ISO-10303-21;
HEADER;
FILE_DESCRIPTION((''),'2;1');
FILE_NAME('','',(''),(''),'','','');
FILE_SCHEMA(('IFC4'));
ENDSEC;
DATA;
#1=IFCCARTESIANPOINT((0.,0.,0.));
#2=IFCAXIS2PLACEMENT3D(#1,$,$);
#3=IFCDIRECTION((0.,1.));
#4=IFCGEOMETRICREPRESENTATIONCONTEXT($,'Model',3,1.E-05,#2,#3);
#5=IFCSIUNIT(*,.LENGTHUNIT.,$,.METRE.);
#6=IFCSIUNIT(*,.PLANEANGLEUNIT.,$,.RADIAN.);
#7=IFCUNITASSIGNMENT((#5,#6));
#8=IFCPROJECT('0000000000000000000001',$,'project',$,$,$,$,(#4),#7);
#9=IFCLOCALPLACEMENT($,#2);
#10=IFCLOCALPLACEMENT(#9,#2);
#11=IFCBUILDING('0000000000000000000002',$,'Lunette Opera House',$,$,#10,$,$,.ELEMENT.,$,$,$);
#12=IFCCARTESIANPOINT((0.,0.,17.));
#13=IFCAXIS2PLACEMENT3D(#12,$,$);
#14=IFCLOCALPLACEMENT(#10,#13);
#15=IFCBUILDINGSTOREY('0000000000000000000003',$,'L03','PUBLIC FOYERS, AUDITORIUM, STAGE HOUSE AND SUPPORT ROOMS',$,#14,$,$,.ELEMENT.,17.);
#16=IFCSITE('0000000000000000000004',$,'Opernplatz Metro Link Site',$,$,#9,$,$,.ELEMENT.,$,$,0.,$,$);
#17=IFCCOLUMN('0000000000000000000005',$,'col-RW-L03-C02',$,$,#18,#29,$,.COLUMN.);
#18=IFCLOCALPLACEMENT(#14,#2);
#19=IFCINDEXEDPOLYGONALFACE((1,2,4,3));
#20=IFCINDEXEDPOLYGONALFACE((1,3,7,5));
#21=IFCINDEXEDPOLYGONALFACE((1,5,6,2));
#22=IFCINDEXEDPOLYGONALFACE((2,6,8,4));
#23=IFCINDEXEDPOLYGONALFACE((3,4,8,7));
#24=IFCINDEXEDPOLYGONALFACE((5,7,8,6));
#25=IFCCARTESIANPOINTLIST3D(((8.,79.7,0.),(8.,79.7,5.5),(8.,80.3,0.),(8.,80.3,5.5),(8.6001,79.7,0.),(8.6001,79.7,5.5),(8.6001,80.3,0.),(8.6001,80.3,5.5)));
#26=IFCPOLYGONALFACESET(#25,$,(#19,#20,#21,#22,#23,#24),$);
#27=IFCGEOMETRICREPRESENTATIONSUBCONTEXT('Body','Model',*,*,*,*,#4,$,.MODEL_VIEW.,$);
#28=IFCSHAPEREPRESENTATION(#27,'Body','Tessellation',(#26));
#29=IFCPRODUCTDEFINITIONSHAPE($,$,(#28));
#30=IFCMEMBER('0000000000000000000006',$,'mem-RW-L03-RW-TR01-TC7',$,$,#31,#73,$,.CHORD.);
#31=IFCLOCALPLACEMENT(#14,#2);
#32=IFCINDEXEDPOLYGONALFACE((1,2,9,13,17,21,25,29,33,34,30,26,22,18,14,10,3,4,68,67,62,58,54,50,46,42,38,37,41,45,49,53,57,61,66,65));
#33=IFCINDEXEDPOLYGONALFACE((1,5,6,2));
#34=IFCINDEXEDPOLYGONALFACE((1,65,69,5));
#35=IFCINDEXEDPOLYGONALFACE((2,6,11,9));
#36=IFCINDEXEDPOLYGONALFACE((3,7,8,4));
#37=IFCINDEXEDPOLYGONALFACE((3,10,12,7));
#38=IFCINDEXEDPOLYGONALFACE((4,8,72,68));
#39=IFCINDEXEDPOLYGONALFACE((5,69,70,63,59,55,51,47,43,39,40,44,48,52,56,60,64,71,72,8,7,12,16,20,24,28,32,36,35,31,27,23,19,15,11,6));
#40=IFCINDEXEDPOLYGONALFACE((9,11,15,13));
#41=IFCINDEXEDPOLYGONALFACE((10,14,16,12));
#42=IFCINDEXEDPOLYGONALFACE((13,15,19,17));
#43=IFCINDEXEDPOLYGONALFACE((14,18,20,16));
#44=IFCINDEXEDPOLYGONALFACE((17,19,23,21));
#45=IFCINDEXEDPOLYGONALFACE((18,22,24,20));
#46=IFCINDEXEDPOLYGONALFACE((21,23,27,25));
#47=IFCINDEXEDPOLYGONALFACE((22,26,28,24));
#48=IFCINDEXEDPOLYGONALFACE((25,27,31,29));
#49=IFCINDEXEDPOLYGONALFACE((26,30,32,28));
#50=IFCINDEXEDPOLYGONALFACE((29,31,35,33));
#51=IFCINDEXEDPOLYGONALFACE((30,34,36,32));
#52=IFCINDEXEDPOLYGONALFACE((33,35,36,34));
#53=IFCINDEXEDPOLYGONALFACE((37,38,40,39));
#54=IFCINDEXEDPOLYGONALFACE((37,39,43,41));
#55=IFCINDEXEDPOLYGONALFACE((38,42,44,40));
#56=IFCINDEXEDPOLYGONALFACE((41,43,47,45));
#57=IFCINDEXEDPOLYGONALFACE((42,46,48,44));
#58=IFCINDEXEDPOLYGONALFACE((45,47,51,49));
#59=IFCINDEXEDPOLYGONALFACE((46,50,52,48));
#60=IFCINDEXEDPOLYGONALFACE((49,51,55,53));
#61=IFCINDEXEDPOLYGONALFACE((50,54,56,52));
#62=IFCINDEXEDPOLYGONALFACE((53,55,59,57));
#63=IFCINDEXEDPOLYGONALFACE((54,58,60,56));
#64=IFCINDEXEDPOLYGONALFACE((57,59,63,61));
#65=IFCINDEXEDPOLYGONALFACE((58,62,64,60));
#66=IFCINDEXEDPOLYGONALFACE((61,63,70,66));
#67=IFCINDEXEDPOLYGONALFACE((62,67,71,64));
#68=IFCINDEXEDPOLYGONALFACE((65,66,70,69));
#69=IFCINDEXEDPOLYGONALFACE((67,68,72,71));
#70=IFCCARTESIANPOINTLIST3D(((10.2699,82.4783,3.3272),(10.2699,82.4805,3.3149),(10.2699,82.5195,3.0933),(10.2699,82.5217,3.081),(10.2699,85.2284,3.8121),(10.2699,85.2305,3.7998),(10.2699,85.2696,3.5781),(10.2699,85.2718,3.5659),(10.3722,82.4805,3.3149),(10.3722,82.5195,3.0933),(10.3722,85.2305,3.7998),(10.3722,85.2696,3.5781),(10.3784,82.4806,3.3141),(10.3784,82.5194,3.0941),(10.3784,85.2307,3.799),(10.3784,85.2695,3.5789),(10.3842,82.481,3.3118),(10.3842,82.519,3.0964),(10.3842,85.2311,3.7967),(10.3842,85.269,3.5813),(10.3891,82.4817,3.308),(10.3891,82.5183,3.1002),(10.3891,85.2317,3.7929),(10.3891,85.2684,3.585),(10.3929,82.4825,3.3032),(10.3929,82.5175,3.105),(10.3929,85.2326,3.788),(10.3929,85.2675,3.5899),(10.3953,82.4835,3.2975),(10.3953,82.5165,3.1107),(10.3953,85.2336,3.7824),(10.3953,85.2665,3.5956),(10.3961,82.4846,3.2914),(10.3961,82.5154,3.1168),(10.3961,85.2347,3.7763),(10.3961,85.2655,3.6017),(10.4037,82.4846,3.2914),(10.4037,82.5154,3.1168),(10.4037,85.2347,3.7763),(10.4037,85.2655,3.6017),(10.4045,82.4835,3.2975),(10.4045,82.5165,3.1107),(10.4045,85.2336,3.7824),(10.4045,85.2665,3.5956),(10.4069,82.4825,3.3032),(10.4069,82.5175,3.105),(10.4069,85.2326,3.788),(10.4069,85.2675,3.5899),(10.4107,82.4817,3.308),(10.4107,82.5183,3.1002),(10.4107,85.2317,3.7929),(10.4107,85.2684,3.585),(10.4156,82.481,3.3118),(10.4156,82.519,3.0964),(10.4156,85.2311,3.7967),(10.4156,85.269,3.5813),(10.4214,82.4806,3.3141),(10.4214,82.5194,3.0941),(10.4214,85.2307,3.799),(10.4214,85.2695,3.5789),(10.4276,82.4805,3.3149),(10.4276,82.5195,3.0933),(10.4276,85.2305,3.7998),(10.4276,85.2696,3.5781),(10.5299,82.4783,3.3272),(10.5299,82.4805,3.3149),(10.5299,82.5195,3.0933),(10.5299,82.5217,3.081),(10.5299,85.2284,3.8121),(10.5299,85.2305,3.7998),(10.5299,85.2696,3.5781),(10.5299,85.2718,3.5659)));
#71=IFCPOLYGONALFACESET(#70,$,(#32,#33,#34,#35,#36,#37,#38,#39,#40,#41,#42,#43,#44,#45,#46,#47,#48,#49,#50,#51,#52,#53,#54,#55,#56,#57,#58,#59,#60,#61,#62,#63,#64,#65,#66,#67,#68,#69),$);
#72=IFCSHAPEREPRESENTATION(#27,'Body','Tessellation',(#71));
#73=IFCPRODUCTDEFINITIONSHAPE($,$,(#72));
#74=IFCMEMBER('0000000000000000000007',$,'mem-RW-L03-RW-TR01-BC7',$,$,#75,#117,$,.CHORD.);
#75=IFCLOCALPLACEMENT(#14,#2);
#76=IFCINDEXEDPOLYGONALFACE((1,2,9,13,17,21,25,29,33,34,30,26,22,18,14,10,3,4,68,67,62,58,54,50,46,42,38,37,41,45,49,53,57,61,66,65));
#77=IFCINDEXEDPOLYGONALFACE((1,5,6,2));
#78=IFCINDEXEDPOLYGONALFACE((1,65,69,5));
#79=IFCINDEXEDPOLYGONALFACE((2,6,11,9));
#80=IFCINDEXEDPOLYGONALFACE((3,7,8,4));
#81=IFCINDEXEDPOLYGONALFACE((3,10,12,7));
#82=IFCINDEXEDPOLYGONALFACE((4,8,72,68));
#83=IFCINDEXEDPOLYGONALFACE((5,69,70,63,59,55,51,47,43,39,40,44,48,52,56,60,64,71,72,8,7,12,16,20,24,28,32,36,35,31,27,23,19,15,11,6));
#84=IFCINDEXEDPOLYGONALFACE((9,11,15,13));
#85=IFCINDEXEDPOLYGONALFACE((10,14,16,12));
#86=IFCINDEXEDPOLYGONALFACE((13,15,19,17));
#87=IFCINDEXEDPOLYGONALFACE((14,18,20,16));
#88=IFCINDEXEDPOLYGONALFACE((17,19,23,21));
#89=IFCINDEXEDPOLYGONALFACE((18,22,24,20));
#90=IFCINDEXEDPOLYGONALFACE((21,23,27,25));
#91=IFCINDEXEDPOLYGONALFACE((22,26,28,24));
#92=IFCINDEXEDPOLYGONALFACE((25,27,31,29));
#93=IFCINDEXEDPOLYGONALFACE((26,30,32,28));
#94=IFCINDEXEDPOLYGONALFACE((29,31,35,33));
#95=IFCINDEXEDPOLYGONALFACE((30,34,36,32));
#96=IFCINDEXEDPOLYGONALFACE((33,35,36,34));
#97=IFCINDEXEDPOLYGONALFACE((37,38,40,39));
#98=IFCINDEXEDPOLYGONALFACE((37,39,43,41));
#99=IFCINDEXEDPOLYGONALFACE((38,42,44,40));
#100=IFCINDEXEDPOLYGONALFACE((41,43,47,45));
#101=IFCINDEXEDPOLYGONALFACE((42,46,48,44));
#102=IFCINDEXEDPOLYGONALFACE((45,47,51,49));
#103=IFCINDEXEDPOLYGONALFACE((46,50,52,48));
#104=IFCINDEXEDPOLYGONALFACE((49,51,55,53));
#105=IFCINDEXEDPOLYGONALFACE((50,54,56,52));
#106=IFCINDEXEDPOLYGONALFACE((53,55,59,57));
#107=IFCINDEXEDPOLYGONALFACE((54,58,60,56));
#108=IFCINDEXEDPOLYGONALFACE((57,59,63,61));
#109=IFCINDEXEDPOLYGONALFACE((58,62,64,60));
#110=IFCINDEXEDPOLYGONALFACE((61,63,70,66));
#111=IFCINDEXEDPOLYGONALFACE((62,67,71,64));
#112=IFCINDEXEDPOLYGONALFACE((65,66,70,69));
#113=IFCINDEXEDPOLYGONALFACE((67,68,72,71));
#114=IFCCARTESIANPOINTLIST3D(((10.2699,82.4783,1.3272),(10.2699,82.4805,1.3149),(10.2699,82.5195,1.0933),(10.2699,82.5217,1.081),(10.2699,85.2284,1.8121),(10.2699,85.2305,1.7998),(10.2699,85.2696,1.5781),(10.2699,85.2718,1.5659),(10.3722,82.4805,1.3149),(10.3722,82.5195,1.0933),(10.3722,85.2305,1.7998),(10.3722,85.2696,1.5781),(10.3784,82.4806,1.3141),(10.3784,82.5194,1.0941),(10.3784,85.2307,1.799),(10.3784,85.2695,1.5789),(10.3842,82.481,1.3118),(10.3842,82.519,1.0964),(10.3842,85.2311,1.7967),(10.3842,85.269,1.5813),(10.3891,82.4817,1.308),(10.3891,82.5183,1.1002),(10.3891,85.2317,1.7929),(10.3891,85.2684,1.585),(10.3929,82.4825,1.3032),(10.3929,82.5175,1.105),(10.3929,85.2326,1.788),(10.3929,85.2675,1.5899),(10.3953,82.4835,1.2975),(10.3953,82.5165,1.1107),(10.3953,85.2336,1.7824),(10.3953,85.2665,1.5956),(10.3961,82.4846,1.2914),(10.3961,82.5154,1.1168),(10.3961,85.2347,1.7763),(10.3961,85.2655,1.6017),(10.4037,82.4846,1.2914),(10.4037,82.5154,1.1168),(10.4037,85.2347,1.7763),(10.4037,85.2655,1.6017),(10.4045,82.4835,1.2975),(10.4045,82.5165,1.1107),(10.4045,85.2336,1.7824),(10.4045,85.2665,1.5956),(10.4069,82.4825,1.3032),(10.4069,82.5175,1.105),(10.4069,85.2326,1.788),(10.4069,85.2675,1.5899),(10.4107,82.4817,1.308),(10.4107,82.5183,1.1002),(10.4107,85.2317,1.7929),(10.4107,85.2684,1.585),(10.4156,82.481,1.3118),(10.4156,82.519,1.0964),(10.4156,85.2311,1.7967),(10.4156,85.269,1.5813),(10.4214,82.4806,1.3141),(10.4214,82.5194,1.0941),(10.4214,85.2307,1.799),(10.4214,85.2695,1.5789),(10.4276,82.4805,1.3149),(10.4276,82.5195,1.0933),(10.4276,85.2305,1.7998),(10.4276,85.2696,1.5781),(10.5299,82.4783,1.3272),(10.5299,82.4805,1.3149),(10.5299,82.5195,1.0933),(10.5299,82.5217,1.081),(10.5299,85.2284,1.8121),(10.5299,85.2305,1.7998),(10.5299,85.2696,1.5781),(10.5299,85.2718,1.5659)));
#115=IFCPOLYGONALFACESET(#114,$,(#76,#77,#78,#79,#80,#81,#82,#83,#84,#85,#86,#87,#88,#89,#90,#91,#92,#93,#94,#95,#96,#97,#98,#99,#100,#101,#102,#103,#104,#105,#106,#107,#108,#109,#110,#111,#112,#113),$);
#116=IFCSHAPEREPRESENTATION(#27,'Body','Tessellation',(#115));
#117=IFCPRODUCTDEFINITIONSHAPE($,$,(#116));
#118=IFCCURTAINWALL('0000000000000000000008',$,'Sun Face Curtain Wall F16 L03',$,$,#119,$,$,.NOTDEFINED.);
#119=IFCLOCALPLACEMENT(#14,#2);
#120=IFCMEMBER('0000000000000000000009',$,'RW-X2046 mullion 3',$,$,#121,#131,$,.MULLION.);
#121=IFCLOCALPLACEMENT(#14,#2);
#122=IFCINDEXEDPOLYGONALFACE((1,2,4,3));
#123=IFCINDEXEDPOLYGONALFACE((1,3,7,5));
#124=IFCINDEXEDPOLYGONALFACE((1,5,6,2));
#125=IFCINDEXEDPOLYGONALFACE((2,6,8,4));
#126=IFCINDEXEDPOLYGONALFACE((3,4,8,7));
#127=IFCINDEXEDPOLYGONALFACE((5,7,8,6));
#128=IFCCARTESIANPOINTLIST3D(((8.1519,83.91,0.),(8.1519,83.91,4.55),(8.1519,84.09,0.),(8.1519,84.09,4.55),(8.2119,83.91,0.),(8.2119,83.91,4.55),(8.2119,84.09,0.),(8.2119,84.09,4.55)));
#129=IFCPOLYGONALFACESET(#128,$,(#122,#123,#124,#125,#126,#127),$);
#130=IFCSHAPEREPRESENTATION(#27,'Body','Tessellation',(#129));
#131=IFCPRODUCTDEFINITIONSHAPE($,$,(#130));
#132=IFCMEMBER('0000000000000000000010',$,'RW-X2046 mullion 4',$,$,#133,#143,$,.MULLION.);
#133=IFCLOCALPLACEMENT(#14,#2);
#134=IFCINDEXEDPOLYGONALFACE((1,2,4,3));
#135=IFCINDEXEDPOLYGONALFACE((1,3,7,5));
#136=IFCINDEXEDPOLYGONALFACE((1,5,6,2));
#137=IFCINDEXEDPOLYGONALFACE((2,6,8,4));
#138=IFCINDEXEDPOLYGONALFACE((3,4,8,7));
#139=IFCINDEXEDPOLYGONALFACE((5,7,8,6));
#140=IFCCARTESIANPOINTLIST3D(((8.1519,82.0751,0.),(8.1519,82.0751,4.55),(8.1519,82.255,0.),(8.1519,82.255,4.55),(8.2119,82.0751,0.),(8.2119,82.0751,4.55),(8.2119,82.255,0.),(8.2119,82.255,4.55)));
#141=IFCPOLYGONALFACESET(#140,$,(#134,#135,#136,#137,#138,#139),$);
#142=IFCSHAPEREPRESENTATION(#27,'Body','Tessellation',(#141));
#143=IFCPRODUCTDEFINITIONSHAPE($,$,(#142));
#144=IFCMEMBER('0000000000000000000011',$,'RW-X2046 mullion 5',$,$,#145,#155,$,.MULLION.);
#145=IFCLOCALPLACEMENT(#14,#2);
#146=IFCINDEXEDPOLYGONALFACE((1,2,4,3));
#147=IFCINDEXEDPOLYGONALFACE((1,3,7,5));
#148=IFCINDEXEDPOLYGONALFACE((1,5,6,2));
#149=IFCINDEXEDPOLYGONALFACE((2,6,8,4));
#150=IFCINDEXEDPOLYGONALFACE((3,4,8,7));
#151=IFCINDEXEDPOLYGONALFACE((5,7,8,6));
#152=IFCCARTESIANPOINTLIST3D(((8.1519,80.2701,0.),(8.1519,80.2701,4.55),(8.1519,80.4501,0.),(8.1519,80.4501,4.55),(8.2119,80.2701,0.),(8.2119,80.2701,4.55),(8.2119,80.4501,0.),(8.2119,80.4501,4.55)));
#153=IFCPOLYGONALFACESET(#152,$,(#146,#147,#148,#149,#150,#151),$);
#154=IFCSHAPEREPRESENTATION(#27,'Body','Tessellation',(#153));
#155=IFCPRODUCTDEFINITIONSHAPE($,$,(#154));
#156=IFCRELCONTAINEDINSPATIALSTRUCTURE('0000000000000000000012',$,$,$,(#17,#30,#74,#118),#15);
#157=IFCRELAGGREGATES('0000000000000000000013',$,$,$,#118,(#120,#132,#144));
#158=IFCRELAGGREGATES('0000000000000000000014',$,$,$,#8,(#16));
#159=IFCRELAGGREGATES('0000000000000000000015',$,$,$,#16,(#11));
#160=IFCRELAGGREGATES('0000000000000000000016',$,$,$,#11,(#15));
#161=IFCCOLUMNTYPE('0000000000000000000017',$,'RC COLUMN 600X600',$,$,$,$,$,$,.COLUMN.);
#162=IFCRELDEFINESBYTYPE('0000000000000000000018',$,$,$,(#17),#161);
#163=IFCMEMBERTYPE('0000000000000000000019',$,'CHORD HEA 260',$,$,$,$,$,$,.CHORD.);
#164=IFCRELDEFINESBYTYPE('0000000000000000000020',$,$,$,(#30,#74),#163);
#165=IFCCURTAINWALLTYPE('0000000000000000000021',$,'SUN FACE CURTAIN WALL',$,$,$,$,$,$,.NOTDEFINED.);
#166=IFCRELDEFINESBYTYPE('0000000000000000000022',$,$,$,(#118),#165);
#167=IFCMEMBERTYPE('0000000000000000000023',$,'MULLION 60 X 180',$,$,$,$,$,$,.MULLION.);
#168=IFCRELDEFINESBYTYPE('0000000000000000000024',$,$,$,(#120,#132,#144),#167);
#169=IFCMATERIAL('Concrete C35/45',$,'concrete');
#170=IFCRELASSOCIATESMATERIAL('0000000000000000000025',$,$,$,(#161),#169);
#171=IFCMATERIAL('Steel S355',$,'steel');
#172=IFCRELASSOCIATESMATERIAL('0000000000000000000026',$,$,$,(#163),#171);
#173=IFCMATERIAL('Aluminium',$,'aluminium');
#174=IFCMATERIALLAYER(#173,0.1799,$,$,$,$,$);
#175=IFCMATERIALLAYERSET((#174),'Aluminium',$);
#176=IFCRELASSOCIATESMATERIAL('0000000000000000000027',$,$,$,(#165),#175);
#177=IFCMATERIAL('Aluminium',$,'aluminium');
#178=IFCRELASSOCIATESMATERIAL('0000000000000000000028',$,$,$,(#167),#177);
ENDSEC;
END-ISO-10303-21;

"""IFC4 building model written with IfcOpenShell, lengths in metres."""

from ifc_helpers import new_model, si_unit, direction, frame, origin, origin_2d, place, context, subcontext, project, spatial, rectangle, i_section, extrude, material, layer, layer_set, material_profile, profile_set, type_object, element, aggregate, save


model = new_model("IFC4")

# Units and contexts
model_context = context("Model", 3, precision=1e-05, world=origin(), true_north=direction((0.0, 1.0)))
body_context = subcontext(model_context, "Body", "Model", "MODEL_VIEW")
ifc_project = project(units=[si_unit("LENGTHUNIT", "METRE"), si_unit("PLANEANGLEUNIT", "RADIAN")], contexts=[model_context])

# Site, building, storey
site_placement = place(None, origin())
site = spatial("IfcSite", under=ifc_project, at=site_placement, Name="Opernplatz Metro Link Site", CompositionType="ELEMENT", RefElevation=0.0)
building_placement = place(site_placement, origin())
building = spatial("IfcBuilding", under=site, at=building_placement, Name="Lunette Opera House", CompositionType="ELEMENT")
storey_placement = place(building_placement, frame((0.0, 0.0, 17.0)))
storey = spatial("IfcBuildingStorey", under=building, at=storey_placement, Name="L03", Description="PUBLIC FOYERS, AUDITORIUM, STAGE HOUSE AND SUPPORT ROOMS", CompositionType="ELEMENT", Elevation=17.0)

# Column
ifc_material_1 = material(Name="Concrete C35/45", Category="concrete")
ifc_material_profile_1 = material_profile(ifc_material_1, rectangle(XDim=0.6001, YDim=0.6001, at=origin_2d()), Name="RC COLUMN 600X600")
ifc_profile_set_1 = profile_set([ifc_material_profile_1], Name="Concrete C35/45")
column_type = type_object("IfcColumnType", Name="RC COLUMN 600X600", PredefinedType="COLUMN", material=ifc_profile_set_1)
column_placement = place(storey_placement, frame((8.3, 80.0, 0.0), z_axis=(0.0, 0.0, 1.0), x_axis=(1.0, 0.0, 0.0)))
element("IfcColumn", 1, at=column_placement, inside=storey, type_object=column_type, Name="col-RW-L03-C02", PredefinedType="COLUMN", context=body_context, shape_type="SweptSolid", body=[
    extrude(rectangle(XDim=0.6001, YDim=0.6001, at=origin_2d()), origin(), (0.0, 0.0, 1.0), 5.5),
])

# Members
ifc_material_2 = material(Name="Steel S355", Category="steel")
ifc_material_profile_2 = material_profile(ifc_material_2, i_section(OverallWidth=0.26, OverallDepth=0.25, WebThickness=0.0076, FlangeThickness=0.0125, FilletRadius=0.0239, at=origin_2d()), Name="HEA 260")
ifc_profile_set_2 = profile_set([ifc_material_profile_2], Name="Steel S355")
member_type_1 = type_object("IfcMemberType", Name="CHORD HEA 260", PredefinedType="CHORD", material=ifc_profile_set_2)
for number, where, z_axis, x_axis, name in (
    (2, (10.3999, 82.5, 3.2041), (0.0, 0.98481, 0.173636), (-1.0, 0.0, 0.0), "mem-RW-L03-RW-TR01-TC7"),
    (3, (10.3999, 82.5, 1.2041), (0.0, 0.98481, 0.173636), (-1.0, 0.0, 0.0), "mem-RW-L03-RW-TR01-BC7"),
):
    element("IfcMember", number, at=place(storey_placement, frame(where, z_axis=z_axis, x_axis=x_axis)), inside=storey, type_object=member_type_1, Name=name, PredefinedType="CHORD", context=body_context, shape_type="SweptSolid", body=[
        extrude(i_section(OverallWidth=0.26, OverallDepth=0.25, WebThickness=0.0076, FlangeThickness=0.0125, FilletRadius=0.0239, at=origin_2d()), origin(), (0.0, 0.0, 1.0), 2.7925),
    ])

# Curtain wall, members
ifc_material_3 = material(Name="Aluminium", Category="aluminium")
ifc_layer_1 = layer(ifc_material_3, 0.1799)
ifc_layer_set_1 = layer_set([ifc_layer_1], Name="Aluminium")
curtain_wall_type = type_object("IfcCurtainWallType", Name="SUN FACE CURTAIN WALL", PredefinedType="NOTDEFINED", material=ifc_layer_set_1)
curtain_wall_placement = place(storey_placement, origin())
curtain_wall = element("IfcCurtainWall", 4, at=curtain_wall_placement, inside=storey, type_object=curtain_wall_type, Name="Sun Face Curtain Wall F16 L03", PredefinedType="NOTDEFINED")
ifc_material_4 = material(Name="Aluminium", Category="aluminium")
ifc_material_profile_3 = material_profile(ifc_material_4, rectangle(XDim=0.0601, YDim=0.1799, at=origin_2d()), Name="MULLION 60 X 180")
ifc_profile_set_3 = profile_set([ifc_material_profile_3], Name="Aluminium")
member_type_2 = type_object("IfcMemberType", Name="MULLION 60 X 180", PredefinedType="MULLION", material=ifc_profile_set_3)
member_1_placement = place(storey_placement, frame((8.1819, 84.0, 0.0), z_axis=(0.0, 0.0, 1.0), x_axis=(1.0, 0.0, 0.0)))
member_1 = element("IfcMember", 5, at=member_1_placement, type_object=member_type_2, Name="RW-X2046 mullion 3", PredefinedType="MULLION", context=body_context, shape_type="SweptSolid", body=[
    extrude(rectangle(XDim=0.0601, YDim=0.1799, at=origin_2d()), origin(), (0.0, 0.0, 1.0), 4.55),
])
member_2_placement = place(storey_placement, frame((8.1819, 82.165, 0.0), z_axis=(0.0, 0.0, 1.0), x_axis=(1.0, 0.0, 0.0)))
member_2 = element("IfcMember", 6, at=member_2_placement, type_object=member_type_2, Name="RW-X2046 mullion 4", PredefinedType="MULLION", context=body_context, shape_type="SweptSolid", body=[
    extrude(rectangle(XDim=0.0601, YDim=0.1799, at=origin_2d()), origin(), (0.0, 0.0, 1.0), 4.55),
])
member_3_placement = place(storey_placement, frame((8.1819, 80.3601, 0.0), z_axis=(0.0, 0.0, 1.0), x_axis=(1.0, 0.0, 0.0)))
member_3 = element("IfcMember", 7, at=member_3_placement, type_object=member_type_2, Name="RW-X2046 mullion 5", PredefinedType="MULLION", context=body_context, shape_type="SweptSolid", body=[
    extrude(rectangle(XDim=0.0601, YDim=0.1799, at=origin_2d()), origin(), (0.0, 0.0, 1.0), 4.55),
])

aggregate(curtain_wall, [member_1, member_2, member_3])

save(model, "model.ifc")
